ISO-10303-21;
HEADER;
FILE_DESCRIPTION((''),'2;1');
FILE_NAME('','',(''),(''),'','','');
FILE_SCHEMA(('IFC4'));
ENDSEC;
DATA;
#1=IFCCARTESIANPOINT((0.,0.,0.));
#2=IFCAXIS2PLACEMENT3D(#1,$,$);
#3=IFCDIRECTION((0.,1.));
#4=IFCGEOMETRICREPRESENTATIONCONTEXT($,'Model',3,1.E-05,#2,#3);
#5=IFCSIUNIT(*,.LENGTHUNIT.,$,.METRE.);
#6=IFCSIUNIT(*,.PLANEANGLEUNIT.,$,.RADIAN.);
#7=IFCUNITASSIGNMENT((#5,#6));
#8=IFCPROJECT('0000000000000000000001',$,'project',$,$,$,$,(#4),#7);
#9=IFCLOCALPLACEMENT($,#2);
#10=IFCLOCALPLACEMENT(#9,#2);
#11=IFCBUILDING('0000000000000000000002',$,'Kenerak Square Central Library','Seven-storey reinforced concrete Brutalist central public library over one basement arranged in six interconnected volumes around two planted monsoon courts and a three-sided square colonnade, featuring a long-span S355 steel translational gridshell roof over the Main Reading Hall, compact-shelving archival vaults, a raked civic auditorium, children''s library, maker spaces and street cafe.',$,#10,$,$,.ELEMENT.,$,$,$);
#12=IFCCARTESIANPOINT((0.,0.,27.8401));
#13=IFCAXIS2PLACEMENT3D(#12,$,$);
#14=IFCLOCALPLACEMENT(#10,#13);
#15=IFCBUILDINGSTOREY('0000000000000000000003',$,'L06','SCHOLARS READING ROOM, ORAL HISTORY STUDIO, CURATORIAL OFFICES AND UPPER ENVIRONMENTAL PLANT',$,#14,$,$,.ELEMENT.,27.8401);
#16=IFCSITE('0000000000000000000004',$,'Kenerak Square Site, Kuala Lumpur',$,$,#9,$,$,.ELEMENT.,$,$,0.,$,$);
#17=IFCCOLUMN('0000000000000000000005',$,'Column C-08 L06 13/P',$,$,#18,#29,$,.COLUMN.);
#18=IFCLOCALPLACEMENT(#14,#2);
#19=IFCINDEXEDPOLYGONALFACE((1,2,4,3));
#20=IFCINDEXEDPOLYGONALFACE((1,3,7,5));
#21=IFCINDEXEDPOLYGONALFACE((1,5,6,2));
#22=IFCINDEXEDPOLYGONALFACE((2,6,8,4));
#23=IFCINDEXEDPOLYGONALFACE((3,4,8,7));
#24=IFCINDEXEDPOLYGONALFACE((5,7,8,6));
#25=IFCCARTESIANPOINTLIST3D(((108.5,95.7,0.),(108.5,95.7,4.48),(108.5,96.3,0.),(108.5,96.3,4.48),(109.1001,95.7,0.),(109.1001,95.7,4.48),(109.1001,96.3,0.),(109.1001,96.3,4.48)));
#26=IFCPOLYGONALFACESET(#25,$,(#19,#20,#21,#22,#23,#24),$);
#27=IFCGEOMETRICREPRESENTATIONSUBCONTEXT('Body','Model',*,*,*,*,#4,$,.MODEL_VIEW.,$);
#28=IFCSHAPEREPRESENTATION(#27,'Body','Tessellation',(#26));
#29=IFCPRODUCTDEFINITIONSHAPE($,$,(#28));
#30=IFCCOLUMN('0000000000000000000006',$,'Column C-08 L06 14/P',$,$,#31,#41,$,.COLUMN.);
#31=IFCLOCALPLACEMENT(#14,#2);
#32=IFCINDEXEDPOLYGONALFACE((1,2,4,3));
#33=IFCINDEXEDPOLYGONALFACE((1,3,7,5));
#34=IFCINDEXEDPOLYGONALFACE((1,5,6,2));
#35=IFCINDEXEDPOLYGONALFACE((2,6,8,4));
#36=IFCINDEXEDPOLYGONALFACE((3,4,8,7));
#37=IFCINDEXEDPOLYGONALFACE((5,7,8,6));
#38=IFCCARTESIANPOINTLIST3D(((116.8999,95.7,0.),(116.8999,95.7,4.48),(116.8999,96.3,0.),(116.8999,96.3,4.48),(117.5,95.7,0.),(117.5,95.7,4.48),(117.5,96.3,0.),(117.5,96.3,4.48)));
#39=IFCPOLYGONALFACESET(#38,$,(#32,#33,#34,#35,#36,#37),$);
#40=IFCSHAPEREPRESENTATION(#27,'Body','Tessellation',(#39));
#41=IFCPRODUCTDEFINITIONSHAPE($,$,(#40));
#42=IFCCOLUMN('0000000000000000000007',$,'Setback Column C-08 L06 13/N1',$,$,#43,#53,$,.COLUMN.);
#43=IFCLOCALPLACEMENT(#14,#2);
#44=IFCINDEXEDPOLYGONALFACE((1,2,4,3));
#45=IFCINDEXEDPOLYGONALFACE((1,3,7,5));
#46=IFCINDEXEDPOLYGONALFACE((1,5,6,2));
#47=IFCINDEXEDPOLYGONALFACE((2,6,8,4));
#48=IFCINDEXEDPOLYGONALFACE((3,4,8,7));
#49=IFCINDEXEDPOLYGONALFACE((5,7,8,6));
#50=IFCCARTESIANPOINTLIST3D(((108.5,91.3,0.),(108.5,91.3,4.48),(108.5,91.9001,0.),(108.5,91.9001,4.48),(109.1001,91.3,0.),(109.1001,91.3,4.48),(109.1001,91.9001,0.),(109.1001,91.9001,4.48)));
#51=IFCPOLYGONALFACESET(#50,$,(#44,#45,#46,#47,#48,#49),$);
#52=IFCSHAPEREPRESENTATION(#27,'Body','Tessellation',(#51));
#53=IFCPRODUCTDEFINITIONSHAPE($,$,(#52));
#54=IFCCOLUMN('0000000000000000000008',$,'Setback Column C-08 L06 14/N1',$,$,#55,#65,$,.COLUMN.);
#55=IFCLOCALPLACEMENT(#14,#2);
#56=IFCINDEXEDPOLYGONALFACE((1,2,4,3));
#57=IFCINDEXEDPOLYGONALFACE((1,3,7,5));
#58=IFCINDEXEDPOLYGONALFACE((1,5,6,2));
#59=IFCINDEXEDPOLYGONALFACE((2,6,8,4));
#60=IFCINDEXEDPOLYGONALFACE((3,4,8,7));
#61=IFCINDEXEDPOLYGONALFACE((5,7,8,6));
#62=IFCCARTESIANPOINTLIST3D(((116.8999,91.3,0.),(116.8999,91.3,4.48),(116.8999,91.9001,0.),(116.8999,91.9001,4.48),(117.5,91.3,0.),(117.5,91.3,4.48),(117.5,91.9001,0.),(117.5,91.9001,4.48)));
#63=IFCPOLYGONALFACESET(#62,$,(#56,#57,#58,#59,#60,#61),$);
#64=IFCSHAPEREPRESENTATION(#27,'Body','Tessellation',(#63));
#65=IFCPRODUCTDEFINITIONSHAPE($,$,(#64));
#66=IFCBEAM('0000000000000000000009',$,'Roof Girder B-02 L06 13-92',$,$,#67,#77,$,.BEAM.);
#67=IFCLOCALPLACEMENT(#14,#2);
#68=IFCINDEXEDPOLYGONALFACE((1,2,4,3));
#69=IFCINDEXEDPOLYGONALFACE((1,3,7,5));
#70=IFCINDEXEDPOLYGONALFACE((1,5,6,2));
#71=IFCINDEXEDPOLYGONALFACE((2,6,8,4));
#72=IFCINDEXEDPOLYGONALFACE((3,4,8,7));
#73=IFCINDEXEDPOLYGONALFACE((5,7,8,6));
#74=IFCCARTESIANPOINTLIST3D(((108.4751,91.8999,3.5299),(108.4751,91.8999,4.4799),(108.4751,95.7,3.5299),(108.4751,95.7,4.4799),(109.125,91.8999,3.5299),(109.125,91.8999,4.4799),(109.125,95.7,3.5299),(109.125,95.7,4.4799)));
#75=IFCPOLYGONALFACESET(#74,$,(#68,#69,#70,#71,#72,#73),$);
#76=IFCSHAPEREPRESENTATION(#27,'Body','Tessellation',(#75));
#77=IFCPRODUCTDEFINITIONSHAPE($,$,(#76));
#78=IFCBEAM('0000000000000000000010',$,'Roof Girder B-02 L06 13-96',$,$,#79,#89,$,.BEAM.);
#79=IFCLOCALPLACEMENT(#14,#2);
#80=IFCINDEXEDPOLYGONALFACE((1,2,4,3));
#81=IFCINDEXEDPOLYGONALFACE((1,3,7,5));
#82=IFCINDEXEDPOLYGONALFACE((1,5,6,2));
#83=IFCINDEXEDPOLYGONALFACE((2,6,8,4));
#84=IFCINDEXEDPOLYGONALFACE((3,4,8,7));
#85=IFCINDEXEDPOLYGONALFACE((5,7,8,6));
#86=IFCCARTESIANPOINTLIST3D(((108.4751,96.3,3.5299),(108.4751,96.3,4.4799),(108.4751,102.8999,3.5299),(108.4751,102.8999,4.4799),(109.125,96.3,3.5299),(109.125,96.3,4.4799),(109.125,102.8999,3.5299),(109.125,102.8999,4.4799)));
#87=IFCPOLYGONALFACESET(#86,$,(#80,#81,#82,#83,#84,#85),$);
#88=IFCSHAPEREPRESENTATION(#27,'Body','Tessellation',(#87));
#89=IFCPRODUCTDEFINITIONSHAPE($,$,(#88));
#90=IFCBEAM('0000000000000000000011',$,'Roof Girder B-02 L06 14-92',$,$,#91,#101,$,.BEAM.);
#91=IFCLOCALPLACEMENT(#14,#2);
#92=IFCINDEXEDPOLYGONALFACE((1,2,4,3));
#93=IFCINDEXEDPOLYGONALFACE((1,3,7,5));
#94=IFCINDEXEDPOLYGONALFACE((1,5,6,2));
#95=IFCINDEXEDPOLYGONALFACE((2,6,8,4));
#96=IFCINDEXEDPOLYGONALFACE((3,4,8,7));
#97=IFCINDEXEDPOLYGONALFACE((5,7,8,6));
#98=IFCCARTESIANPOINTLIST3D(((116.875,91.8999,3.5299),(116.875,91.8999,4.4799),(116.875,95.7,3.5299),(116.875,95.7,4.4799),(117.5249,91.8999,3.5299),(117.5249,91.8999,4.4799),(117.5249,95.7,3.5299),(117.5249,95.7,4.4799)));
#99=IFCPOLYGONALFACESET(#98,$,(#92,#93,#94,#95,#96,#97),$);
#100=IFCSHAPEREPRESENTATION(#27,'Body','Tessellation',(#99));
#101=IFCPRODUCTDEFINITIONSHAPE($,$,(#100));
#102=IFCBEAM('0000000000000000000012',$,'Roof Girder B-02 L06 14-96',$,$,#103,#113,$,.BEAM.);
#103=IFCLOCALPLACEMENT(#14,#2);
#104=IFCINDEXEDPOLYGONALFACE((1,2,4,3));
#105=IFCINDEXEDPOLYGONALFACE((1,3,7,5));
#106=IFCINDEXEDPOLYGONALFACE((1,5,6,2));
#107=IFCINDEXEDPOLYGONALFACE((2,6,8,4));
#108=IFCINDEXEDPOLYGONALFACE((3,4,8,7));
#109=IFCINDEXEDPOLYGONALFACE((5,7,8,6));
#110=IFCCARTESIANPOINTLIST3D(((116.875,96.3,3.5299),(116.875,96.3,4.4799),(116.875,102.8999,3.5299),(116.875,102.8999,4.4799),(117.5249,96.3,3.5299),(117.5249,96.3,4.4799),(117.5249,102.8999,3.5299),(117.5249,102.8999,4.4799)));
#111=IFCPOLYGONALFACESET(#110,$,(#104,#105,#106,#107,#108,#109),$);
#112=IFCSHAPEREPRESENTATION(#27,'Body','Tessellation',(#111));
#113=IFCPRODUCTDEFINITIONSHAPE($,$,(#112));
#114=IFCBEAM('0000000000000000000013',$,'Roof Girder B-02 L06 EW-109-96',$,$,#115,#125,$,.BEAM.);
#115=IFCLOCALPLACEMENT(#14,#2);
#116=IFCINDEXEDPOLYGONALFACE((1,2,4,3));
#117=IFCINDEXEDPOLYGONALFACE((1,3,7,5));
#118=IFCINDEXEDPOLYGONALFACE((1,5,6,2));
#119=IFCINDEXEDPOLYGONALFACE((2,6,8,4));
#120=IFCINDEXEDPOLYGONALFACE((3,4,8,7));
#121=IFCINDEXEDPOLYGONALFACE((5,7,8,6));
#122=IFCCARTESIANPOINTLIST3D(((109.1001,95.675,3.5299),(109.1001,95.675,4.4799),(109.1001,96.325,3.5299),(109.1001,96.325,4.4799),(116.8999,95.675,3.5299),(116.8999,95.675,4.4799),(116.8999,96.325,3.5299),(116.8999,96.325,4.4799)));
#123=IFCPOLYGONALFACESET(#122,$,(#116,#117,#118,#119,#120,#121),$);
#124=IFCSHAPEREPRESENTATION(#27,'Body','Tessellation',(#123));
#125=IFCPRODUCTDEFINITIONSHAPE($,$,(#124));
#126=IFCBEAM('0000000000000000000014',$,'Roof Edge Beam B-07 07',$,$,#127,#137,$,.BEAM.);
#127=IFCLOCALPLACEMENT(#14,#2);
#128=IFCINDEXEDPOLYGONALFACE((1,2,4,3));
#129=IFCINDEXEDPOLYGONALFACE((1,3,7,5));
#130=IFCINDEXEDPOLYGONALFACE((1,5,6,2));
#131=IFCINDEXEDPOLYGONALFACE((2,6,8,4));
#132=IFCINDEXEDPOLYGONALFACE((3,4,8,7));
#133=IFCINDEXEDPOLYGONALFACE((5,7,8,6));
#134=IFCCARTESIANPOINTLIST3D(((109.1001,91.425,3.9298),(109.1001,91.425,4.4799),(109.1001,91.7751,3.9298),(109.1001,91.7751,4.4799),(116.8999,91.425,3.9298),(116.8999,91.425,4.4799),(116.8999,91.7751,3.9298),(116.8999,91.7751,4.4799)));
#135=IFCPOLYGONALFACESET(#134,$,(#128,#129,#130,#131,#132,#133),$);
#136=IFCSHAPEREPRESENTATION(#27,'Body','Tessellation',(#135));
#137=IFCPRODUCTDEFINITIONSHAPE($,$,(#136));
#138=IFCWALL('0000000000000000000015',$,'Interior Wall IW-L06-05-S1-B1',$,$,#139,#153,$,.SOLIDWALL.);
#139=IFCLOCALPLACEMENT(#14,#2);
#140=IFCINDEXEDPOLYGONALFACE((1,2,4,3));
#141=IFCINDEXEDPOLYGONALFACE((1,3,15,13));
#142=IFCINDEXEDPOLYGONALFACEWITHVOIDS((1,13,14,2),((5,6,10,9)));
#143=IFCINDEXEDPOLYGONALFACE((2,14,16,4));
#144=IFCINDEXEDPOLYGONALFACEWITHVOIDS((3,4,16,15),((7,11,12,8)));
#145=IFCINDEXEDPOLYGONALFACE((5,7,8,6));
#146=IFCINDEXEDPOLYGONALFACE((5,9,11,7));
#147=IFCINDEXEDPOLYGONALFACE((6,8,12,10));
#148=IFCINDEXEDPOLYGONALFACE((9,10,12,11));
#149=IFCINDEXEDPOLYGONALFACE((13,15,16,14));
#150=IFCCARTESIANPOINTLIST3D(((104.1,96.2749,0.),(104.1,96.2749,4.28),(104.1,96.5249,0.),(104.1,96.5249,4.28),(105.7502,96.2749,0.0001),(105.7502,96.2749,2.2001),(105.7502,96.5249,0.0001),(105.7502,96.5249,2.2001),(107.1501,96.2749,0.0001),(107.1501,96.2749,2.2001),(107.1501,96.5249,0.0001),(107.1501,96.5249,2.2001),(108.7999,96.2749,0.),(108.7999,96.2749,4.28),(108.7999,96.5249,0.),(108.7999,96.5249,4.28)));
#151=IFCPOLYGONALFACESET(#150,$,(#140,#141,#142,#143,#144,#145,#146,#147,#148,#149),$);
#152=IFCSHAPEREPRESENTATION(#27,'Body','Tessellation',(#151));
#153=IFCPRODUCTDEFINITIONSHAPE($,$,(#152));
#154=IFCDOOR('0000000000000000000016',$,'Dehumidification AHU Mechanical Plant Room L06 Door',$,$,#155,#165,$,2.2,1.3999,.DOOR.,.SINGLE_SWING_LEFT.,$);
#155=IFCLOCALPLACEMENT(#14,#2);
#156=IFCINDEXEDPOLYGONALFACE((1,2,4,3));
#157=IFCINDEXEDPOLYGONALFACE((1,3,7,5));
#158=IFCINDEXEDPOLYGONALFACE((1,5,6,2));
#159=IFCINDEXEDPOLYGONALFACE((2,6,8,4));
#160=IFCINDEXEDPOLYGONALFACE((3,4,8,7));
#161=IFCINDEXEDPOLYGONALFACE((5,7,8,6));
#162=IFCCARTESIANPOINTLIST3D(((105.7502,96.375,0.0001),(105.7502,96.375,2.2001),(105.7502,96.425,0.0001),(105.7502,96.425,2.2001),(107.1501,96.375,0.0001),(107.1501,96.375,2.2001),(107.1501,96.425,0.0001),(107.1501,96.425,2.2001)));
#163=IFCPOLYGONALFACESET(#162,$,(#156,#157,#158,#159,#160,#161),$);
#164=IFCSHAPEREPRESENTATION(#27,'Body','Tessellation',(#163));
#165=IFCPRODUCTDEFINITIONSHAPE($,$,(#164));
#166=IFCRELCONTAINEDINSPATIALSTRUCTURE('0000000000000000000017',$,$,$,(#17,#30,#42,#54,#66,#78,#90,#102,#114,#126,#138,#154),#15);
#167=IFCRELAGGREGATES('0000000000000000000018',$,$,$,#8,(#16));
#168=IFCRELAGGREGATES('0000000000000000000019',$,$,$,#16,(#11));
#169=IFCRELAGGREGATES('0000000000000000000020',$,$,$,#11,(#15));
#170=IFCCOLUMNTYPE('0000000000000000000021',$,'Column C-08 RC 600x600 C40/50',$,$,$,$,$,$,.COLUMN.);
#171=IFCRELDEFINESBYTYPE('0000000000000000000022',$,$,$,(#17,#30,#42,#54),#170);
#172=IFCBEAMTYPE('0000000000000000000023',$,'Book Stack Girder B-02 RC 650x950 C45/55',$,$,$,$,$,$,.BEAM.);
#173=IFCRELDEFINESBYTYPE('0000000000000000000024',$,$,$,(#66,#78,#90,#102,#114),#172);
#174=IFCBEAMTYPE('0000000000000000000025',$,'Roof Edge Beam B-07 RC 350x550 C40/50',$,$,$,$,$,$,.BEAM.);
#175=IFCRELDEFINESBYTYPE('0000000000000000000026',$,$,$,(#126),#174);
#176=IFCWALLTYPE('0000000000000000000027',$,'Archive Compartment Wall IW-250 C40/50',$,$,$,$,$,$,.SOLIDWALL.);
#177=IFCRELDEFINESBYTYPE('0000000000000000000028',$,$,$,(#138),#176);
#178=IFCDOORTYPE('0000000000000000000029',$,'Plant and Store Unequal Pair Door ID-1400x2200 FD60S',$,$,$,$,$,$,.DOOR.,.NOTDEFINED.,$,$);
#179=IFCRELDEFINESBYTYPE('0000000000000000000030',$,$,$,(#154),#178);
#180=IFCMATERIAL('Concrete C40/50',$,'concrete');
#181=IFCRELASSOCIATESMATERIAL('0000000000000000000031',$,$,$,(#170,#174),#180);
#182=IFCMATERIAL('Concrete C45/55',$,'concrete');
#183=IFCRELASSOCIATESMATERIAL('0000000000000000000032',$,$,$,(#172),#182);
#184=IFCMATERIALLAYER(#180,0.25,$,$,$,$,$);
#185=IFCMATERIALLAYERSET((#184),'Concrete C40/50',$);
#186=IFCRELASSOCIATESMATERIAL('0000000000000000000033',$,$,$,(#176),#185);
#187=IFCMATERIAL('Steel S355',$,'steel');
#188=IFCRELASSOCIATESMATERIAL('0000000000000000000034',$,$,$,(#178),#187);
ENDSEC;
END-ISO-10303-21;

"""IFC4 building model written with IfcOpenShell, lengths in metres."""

from ifc_helpers import new_model, si_unit, direction, frame, frame_2d, origin, origin_2d, place, context, subcontext, project, spatial, rectangle, extrude, material, layer, layer_set, material_profile, profile_set, type_object, element, fill, save


model = new_model("IFC4")

# Units and contexts
model_context = context("Model", 3, precision=1e-05, world=origin(), true_north=direction((0.0, 1.0)))
body_context = subcontext(model_context, "Body", "Model", "MODEL_VIEW")
ifc_project = project(units=[si_unit("LENGTHUNIT", "METRE"), si_unit("PLANEANGLEUNIT", "RADIAN")], contexts=[model_context])

# Site, building, storey
site_placement = place(None, origin())
site = spatial("IfcSite", under=ifc_project, at=site_placement, Name="Kenerak Square Site, Kuala Lumpur", CompositionType="ELEMENT", RefElevation=0.0)
building_placement = place(site_placement, origin())
building = spatial("IfcBuilding", under=site, at=building_placement, Name="Kenerak Square Central Library", Description="Seven-storey reinforced concrete Brutalist central public library over one basement arranged in six interconnected volumes around two planted monsoon courts and a three-sided square colonnade, featuring a long-span S355 steel translational gridshell roof over the Main Reading Hall, compact-shelving archival vaults, a raked civic auditorium, children's library, maker spaces and street cafe.", CompositionType="ELEMENT")
storey_placement = place(building_placement, frame((0.0, 0.0, 27.8401)))
storey = spatial("IfcBuildingStorey", under=building, at=storey_placement, Name="L06", Description="SCHOLARS READING ROOM, ORAL HISTORY STUDIO, CURATORIAL OFFICES AND UPPER ENVIRONMENTAL PLANT", CompositionType="ELEMENT", Elevation=27.8401)

# Columns
ifc_material_1 = material(Name="Concrete C40/50", Category="concrete")
ifc_material_profile_1 = material_profile(ifc_material_1, rectangle(XDim=0.6001, YDim=0.6001, at=origin_2d()), Name="RC 600x600")
ifc_profile_set_1 = profile_set([ifc_material_profile_1], Name="Concrete C40/50")
column_type = type_object("IfcColumnType", Name="Column C-08 RC 600x600 C40/50", PredefinedType="COLUMN", material=ifc_profile_set_1)
for number, where, z_axis, x_axis, name in (
    (1, (108.8, 96.0, 0.0), (0.0, 0.0, 1.0), (1.0, 0.0, 0.0), "Column C-08 L06 13/P"),
    (2, (117.2, 96.0, 0.0), (0.0, 0.0, 1.0), (1.0, 0.0, 0.0), "Column C-08 L06 14/P"),
    (3, (108.8, 91.6001, 0.0), (0.0, 0.0, 1.0), (1.0, 0.0, 0.0), "Setback Column C-08 L06 13/N1"),
    (4, (117.2, 91.6001, 0.0), (0.0, 0.0, 1.0), (1.0, 0.0, 0.0), "Setback Column C-08 L06 14/N1"),
):
    element("IfcColumn", number, at=place(storey_placement, frame(where, z_axis=z_axis, x_axis=x_axis)), inside=storey, type_object=column_type, Name=name, PredefinedType="COLUMN", context=body_context, shape_type="SweptSolid", body=[
        extrude(rectangle(XDim=0.6001, YDim=0.6001, at=origin_2d()), origin(), (0.0, 0.0, 1.0), 4.48),
    ])

# Beams
ifc_material_2 = material(Name="Concrete C45/55", Category="concrete")
ifc_material_profile_2 = material_profile(ifc_material_2, rectangle(XDim=0.6499, YDim=0.95, at=origin_2d()), Name="RC 650x950")
ifc_profile_set_2 = profile_set([ifc_material_profile_2], Name="Concrete C45/55")
beam_type_1 = type_object("IfcBeamType", Name="Book Stack Girder B-02 RC 650x950 C45/55", PredefinedType="BEAM", material=ifc_profile_set_2)
beam_1_placement = place(storey_placement, frame((108.8, 91.8999, 4.0049), z_axis=(0.0, 1.0, 0.0), x_axis=(-1.0, 0.0, 0.0)))
element("IfcBeam", 5, at=beam_1_placement, inside=storey, type_object=beam_type_1, Name="Roof Girder B-02 L06 13-92", PredefinedType="BEAM", context=body_context, shape_type="SweptSolid", body=[
    extrude(rectangle(XDim=0.6499, YDim=0.95, at=origin_2d()), origin(), (0.0, 0.0, 1.0), 3.8),
])
beam_2_placement = place(storey_placement, frame((108.8, 96.3, 4.0049), z_axis=(0.0, 1.0, 0.0), x_axis=(-1.0, 0.0, 0.0)))
element("IfcBeam", 6, at=beam_2_placement, inside=storey, type_object=beam_type_1, Name="Roof Girder B-02 L06 13-96", PredefinedType="BEAM", context=body_context, shape_type="SweptSolid", body=[
    extrude(rectangle(XDim=0.6499, YDim=0.95, at=origin_2d()), origin(), (0.0, 0.0, 1.0), 6.5999),
])
beam_3_placement = place(storey_placement, frame((117.2, 91.8999, 4.0049), z_axis=(0.0, 1.0, 0.0), x_axis=(-1.0, 0.0, 0.0)))
element("IfcBeam", 7, at=beam_3_placement, inside=storey, type_object=beam_type_1, Name="Roof Girder B-02 L06 14-92", PredefinedType="BEAM", context=body_context, shape_type="SweptSolid", body=[
    extrude(rectangle(XDim=0.6499, YDim=0.95, at=origin_2d()), origin(), (0.0, 0.0, 1.0), 3.8),
])
beam_4_placement = place(storey_placement, frame((117.2, 96.3, 4.0049), z_axis=(0.0, 1.0, 0.0), x_axis=(-1.0, 0.0, 0.0)))
element("IfcBeam", 8, at=beam_4_placement, inside=storey, type_object=beam_type_1, Name="Roof Girder B-02 L06 14-96", PredefinedType="BEAM", context=body_context, shape_type="SweptSolid", body=[
    extrude(rectangle(XDim=0.6499, YDim=0.95, at=origin_2d()), origin(), (0.0, 0.0, 1.0), 6.5999),
])
beam_5_placement = place(storey_placement, frame((109.1001, 96.0, 4.0049), z_axis=(1.0, 0.0, 0.0), x_axis=(0.0, 1.0, 0.0)))
element("IfcBeam", 9, at=beam_5_placement, inside=storey, type_object=beam_type_1, Name="Roof Girder B-02 L06 EW-109-96", PredefinedType="BEAM", context=body_context, shape_type="SweptSolid", body=[
    extrude(rectangle(XDim=0.6499, YDim=0.95, at=origin_2d()), origin(), (0.0, 0.0, 1.0), 7.7998),
])
ifc_material_profile_3 = material_profile(ifc_material_1, rectangle(XDim=0.3501, YDim=0.55, at=origin_2d()), Name="RC 350x550")
ifc_profile_set_3 = profile_set([ifc_material_profile_3], Name="Concrete C40/50")
beam_type_2 = type_object("IfcBeamType", Name="Roof Edge Beam B-07 RC 350x550 C40/50", PredefinedType="BEAM", material=ifc_profile_set_3)
beam_6_placement = place(storey_placement, frame((109.1001, 91.6001, 4.2048), z_axis=(1.0, 0.0, 0.0), x_axis=(0.0, 1.0, 0.0)))
element("IfcBeam", 10, at=beam_6_placement, inside=storey, type_object=beam_type_2, Name="Roof Edge Beam B-07 07", PredefinedType="BEAM", context=body_context, shape_type="SweptSolid", body=[
    extrude(rectangle(XDim=0.3501, YDim=0.55, at=origin_2d()), origin(), (0.0, 0.0, 1.0), 7.7998),
])

# Wall, opening, door
ifc_layer_1 = layer(ifc_material_1, 0.25)
ifc_layer_set_1 = layer_set([ifc_layer_1], Name="Concrete C40/50")
wall_type_1 = type_object("IfcWallType", Name="Archive Compartment Wall IW-250 C40/50", PredefinedType="SOLIDWALL", material=ifc_layer_set_1)
wall_1_placement = place(storey_placement, frame((108.8, 96.3999, 0.0), z_axis=(0.0, 0.0, 1.0), x_axis=(-1.0, 0.0, 0.0)))
wall_1 = element("IfcWall", 11, at=wall_1_placement, inside=storey, type_object=wall_type_1, Name="Interior Wall IW-L06-05-S1-B1", PredefinedType="SOLIDWALL", context=body_context, shape_type="SweptSolid", body=[
    extrude(rectangle(XDim=4.7, YDim=0.25, at=frame_2d((2.3501, 0.0))), origin(), (0.0, 0.0, 1.0), 4.28),
])
opening_1_placement = place(wall_1_placement, frame((1.6499, 0.0, 0.0)))
opening_1 = element("IfcOpeningElement", 12, at=opening_1_placement, cuts=wall_1, PredefinedType="OPENING", context=body_context, shape_type="SweptSolid", body=[
    extrude(rectangle(XDim=1.3999, YDim=2.2, at=frame_2d((0.7, 1.1001))), frame((0.0, 0.135, 0.0), z_axis=(0.0, -1.0, 0.0), x_axis=(1.0, 0.0, 0.0)), (0.0, 0.0, 1.0), 0.27),
])
ifc_material_3 = material(Name="Steel S355", Category="steel")
door_type_1 = type_object("IfcDoorType", Name="Plant and Store Unequal Pair Door ID-1400x2200 FD60S", OperationType="NOTDEFINED", PredefinedType="DOOR", material=ifc_material_3)
door_1_placement = place(opening_1_placement, origin())
door_1 = element("IfcDoor", 13, at=door_1_placement, inside=storey, type_object=door_type_1, Name="Dehumidification AHU Mechanical Plant Room L06 Door", OperationType="SINGLE_SWING_LEFT", OverallHeight=2.2, OverallWidth=1.3999, PredefinedType="DOOR", context=body_context, shape_type="SweptSolid", body=[
    extrude(rectangle(XDim=1.3999, YDim=2.2, at=frame_2d((0.7, 1.1001))), frame((0.0, 0.0249, 0.0), z_axis=(0.0, -1.0, 0.0), x_axis=(1.0, 0.0, 0.0)), (0.0, 0.0, 1.0), 0.05),
])
fill(opening_1, door_1)

save(model, "model.ifc")
